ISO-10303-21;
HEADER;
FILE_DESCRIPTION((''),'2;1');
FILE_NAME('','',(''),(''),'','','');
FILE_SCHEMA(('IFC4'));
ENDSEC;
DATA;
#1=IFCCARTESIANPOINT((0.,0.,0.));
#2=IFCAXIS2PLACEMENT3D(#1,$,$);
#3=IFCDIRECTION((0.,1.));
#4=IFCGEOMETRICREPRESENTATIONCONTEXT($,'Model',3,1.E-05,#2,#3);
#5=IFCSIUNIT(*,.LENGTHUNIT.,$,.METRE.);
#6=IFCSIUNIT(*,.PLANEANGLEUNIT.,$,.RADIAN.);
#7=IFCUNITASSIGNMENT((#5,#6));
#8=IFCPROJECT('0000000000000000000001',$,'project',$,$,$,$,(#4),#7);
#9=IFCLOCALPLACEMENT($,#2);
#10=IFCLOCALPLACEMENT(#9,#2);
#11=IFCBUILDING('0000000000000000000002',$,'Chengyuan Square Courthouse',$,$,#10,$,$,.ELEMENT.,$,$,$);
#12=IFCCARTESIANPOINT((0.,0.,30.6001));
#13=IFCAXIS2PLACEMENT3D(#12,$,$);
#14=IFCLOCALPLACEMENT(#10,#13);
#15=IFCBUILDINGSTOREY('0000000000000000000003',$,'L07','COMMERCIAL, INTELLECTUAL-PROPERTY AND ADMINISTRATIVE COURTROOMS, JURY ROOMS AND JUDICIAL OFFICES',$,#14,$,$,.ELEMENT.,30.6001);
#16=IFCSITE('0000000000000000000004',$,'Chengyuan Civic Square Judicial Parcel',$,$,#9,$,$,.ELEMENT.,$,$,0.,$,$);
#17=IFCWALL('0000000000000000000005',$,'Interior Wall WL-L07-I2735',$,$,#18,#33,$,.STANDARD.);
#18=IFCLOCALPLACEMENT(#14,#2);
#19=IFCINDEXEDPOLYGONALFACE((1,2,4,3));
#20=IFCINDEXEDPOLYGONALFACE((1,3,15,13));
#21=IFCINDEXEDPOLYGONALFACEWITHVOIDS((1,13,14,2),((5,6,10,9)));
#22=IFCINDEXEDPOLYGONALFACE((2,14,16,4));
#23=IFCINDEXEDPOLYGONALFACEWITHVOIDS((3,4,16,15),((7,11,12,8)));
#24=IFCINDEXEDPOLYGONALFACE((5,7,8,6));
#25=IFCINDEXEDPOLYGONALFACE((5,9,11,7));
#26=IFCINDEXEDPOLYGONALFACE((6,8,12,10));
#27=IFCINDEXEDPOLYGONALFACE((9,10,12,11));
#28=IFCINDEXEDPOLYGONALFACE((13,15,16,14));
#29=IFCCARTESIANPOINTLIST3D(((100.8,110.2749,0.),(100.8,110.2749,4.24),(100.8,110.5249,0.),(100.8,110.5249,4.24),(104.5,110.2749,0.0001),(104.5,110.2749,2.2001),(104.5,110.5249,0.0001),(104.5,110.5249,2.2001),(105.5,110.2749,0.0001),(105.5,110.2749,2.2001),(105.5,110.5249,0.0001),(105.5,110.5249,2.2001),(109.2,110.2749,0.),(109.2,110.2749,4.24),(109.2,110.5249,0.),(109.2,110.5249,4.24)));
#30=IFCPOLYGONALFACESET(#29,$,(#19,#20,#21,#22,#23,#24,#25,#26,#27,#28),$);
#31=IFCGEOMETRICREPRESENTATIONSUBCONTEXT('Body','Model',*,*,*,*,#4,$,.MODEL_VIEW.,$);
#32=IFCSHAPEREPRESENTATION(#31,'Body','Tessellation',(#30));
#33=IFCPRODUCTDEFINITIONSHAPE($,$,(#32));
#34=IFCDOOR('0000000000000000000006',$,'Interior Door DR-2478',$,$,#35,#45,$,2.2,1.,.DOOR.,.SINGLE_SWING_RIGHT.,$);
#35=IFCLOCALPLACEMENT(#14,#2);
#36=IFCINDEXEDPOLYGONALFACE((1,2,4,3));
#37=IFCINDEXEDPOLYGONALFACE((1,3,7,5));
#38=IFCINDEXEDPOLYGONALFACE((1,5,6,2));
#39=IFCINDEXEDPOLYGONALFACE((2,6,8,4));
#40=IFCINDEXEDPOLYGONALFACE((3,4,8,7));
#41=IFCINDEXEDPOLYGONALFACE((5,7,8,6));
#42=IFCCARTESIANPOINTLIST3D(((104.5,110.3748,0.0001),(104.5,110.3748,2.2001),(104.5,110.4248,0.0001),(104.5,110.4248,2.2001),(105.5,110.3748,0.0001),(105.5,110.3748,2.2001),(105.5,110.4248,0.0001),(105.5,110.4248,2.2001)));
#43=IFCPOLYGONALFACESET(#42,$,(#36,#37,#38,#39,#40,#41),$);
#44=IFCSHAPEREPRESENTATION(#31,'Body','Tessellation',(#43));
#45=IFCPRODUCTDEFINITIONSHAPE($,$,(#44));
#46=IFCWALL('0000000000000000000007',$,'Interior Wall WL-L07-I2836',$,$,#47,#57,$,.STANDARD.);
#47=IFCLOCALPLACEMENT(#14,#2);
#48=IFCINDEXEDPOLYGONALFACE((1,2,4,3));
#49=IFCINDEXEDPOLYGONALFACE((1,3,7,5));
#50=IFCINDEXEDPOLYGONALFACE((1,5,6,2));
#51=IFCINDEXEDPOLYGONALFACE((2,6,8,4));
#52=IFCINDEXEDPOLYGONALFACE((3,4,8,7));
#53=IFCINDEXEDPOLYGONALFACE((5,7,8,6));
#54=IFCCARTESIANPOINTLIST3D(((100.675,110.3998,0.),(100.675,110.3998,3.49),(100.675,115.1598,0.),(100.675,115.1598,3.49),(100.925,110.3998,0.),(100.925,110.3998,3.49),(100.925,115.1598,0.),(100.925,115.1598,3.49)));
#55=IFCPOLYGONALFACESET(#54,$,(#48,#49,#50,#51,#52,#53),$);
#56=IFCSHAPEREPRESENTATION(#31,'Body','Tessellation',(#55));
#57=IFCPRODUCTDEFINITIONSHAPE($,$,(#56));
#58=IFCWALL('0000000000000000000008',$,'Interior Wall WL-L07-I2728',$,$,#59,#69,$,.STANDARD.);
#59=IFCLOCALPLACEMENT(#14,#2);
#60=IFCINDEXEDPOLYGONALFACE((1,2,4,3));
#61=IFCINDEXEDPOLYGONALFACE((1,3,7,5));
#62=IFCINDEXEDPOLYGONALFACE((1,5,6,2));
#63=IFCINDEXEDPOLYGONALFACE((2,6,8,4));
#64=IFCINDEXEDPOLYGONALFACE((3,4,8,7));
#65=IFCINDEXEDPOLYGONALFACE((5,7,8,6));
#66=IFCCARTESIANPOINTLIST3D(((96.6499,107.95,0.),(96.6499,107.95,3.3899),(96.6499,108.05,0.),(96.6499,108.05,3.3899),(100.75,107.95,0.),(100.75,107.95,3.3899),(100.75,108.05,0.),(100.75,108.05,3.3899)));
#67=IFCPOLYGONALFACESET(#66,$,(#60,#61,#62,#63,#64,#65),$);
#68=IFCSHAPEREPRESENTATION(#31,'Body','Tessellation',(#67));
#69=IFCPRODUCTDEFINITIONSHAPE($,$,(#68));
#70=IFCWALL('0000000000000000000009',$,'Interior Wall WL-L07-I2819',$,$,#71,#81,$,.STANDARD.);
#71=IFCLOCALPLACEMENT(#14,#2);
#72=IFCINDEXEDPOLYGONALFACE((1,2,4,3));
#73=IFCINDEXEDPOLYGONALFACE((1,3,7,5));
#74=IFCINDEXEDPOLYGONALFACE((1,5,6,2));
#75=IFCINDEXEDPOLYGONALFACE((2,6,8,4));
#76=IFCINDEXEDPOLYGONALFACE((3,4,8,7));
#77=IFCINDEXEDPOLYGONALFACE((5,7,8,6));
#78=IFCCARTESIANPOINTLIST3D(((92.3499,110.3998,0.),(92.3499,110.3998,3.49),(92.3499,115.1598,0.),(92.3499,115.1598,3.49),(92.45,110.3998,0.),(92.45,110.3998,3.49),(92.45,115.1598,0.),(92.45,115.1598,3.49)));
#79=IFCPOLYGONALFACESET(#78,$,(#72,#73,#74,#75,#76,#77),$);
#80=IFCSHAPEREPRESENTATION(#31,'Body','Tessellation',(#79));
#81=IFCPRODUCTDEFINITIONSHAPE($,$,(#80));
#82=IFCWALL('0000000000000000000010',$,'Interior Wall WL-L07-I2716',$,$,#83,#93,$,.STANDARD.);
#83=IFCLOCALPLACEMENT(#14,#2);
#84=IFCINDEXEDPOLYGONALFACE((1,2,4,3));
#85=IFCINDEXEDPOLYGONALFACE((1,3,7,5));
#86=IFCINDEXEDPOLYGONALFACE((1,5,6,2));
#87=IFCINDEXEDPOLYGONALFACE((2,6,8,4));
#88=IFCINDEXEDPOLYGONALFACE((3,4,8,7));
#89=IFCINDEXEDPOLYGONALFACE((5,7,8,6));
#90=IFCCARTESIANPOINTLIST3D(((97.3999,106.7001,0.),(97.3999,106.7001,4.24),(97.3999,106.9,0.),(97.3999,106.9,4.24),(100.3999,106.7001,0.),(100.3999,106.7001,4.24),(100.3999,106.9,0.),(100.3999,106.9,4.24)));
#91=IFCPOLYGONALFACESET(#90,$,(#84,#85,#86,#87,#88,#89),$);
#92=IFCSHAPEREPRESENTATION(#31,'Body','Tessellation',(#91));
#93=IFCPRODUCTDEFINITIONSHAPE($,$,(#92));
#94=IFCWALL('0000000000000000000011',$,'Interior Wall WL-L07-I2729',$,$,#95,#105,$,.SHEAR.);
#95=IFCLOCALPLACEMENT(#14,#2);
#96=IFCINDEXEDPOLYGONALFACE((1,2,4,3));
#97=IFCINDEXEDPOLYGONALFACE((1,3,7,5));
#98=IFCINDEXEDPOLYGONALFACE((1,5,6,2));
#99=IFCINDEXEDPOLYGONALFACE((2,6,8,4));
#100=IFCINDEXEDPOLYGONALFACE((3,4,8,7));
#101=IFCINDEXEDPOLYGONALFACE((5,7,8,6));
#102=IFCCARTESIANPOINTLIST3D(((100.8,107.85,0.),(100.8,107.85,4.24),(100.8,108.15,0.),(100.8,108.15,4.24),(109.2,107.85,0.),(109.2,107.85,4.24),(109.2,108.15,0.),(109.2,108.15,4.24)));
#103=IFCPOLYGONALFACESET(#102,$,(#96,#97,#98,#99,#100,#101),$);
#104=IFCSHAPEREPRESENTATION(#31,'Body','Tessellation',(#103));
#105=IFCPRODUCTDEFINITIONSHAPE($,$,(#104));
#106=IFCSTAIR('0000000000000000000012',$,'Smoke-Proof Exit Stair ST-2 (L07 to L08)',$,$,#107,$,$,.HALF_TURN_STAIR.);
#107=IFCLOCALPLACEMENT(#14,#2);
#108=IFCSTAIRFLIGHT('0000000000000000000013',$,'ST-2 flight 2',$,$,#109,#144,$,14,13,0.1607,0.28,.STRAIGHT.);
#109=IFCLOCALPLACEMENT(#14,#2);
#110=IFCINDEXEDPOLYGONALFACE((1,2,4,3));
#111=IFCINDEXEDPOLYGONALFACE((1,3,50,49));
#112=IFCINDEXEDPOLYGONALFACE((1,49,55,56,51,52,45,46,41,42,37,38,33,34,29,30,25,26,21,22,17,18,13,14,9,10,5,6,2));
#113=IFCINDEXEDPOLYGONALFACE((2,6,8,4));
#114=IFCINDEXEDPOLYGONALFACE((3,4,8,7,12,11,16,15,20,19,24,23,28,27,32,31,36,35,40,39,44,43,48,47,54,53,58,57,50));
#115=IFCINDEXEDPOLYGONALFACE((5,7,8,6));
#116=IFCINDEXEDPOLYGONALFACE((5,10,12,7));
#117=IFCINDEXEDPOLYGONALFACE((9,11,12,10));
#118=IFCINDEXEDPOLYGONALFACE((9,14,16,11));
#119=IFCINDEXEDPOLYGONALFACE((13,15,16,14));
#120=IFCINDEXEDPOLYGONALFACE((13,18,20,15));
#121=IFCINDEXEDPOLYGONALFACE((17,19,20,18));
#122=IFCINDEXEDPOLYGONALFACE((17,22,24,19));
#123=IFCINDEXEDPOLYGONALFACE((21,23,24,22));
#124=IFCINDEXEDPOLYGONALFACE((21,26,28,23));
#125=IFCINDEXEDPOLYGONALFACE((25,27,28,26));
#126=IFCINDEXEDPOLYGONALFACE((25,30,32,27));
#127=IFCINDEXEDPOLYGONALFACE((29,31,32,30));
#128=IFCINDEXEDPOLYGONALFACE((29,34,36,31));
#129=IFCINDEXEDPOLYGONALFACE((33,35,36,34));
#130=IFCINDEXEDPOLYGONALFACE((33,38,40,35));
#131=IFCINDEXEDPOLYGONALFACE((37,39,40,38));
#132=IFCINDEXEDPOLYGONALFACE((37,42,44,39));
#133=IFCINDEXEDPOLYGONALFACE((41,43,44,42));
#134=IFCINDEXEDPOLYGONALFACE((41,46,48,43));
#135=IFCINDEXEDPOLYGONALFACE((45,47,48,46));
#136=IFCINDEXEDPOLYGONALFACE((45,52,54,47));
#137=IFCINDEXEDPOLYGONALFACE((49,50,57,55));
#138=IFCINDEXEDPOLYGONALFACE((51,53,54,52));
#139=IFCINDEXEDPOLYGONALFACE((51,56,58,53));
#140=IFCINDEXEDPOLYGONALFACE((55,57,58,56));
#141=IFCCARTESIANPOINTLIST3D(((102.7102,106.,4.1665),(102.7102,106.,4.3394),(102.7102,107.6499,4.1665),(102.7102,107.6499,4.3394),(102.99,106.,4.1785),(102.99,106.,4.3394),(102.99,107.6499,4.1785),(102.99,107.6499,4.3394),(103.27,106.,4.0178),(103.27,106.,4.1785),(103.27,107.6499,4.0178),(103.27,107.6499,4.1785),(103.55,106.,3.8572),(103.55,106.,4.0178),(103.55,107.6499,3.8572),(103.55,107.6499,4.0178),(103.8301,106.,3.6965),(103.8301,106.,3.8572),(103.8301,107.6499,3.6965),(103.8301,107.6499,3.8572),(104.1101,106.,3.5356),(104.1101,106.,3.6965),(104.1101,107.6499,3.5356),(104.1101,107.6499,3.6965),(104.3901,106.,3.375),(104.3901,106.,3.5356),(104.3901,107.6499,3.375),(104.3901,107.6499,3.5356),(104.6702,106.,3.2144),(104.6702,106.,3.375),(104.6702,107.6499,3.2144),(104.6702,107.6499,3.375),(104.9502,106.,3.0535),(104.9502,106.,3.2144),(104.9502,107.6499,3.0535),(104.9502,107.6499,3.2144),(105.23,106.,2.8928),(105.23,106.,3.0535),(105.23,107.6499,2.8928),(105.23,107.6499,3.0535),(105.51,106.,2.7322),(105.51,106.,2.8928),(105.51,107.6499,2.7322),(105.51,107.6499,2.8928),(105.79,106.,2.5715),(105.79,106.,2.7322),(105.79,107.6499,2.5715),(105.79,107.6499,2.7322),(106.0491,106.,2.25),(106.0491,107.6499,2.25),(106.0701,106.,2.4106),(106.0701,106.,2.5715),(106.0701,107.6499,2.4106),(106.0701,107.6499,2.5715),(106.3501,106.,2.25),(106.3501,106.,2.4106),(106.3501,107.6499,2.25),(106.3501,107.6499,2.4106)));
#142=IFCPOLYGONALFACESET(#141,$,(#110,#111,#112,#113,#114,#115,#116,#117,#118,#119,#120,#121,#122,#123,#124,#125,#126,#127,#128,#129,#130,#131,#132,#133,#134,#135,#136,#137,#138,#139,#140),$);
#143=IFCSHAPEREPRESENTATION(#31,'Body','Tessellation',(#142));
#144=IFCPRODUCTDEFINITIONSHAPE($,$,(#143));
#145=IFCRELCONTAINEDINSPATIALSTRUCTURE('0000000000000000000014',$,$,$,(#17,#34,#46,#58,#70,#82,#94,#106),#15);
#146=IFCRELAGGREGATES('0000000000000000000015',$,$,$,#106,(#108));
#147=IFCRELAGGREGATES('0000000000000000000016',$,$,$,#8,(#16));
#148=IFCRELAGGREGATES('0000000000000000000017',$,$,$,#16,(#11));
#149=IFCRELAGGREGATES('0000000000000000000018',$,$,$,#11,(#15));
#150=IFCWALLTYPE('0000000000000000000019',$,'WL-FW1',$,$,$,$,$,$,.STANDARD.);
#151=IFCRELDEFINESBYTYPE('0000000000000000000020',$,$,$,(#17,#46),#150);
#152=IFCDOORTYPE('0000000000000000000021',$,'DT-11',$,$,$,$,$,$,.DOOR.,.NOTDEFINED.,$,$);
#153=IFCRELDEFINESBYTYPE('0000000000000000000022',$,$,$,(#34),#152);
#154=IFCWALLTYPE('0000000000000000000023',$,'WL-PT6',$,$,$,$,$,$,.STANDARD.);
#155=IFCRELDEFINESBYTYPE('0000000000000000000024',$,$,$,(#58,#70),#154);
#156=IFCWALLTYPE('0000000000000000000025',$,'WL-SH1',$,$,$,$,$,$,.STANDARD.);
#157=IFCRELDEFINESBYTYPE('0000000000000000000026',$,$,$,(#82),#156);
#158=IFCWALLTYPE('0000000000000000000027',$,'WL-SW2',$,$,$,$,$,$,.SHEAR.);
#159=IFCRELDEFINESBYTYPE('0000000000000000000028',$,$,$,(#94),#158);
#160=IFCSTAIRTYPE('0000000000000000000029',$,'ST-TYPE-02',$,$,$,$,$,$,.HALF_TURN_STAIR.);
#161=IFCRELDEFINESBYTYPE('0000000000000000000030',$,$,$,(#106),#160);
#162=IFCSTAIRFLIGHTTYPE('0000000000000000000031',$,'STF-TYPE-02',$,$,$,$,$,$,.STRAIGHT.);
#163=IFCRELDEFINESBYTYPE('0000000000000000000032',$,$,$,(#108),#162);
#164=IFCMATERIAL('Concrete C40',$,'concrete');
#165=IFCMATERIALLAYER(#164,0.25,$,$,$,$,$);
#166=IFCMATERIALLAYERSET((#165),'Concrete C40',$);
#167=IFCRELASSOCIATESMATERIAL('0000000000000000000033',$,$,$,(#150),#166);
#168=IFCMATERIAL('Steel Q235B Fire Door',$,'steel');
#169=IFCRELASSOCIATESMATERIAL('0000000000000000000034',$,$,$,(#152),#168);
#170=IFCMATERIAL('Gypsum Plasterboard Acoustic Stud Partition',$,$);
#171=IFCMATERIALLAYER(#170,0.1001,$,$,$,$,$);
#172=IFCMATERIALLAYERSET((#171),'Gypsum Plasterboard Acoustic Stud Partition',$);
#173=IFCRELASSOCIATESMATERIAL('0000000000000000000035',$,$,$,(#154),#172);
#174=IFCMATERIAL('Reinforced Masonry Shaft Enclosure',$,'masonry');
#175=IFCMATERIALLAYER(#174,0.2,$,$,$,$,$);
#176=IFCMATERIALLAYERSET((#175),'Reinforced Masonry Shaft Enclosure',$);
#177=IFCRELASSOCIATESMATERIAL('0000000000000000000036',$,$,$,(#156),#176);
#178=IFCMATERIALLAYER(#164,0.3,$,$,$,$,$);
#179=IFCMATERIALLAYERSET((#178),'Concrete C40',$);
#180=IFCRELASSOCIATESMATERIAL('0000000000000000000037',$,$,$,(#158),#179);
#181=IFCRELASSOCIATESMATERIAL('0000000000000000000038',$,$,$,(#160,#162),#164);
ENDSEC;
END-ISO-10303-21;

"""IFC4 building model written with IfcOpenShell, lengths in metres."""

from ifc_helpers import new_model, si_unit, direction, frame, frame_2d, origin, place, context, subcontext, project, spatial, polyline, rectangle, outline, extrude, material, layer, layer_set, type_object, element, fill, aggregate, save


model = new_model("IFC4")

# Units and contexts
model_context = context("Model", 3, precision=1e-05, world=origin(), true_north=direction((0.0, 1.0)))
body_context = subcontext(model_context, "Body", "Model", "MODEL_VIEW")
ifc_project = project(units=[si_unit("LENGTHUNIT", "METRE"), si_unit("PLANEANGLEUNIT", "RADIAN")], contexts=[model_context])

# Site, building, storey
site_placement = place(None, origin())
site = spatial("IfcSite", under=ifc_project, at=site_placement, Name="Chengyuan Civic Square Judicial Parcel", CompositionType="ELEMENT", RefElevation=0.0)
building_placement = place(site_placement, origin())
building = spatial("IfcBuilding", under=site, at=building_placement, Name="Chengyuan Square Courthouse", CompositionType="ELEMENT")
storey_placement = place(building_placement, frame((0.0, 0.0, 30.6001)))
storey = spatial("IfcBuildingStorey", under=building, at=storey_placement, Name="L07", Description="COMMERCIAL, INTELLECTUAL-PROPERTY AND ADMINISTRATIVE COURTROOMS, JURY ROOMS AND JUDICIAL OFFICES", CompositionType="ELEMENT", Elevation=30.6001)

# Shared definitions
ifc_material_1 = material(Name="Concrete C40", Category="concrete")

# Wall, opening, door
ifc_layer_1 = layer(ifc_material_1, 0.25)
ifc_layer_set_1 = layer_set([ifc_layer_1], Name="Concrete C40")
wall_type_1 = type_object("IfcWallType", Name="WL-FW1", PredefinedType="STANDARD", material=ifc_layer_set_1)
ifc_material_2 = material(Name="Steel Q235B Fire Door", Category="steel")
wall_1_placement = place(storey_placement, frame((100.8, 110.3999, 0.0), z_axis=(0.0, 0.0, 1.0), x_axis=(1.0, 0.0, 0.0)))
wall_1 = element("IfcWall", 1, at=wall_1_placement, inside=storey, type_object=wall_type_1, Name="Interior Wall WL-L07-I2735", PredefinedType="STANDARD", context=body_context, shape_type="SweptSolid", body=[
    extrude(rectangle(XDim=8.3999, YDim=0.25, at=frame_2d((4.2, 0.0))), origin(), (0.0, 0.0, 1.0), 4.24),
])
opening_1_placement = place(wall_1_placement, frame((3.7, 0.0, 0.0)))
opening_1 = element("IfcOpeningElement", 2, at=opening_1_placement, cuts=wall_1, PredefinedType="OPENING", context=body_context, shape_type="SweptSolid", body=[
    extrude(rectangle(XDim=1.0, YDim=2.2, at=frame_2d((0.5, 1.1001))), frame((0.0, 0.137, 0.0), z_axis=(0.0, -1.0, 0.0), x_axis=(1.0, 0.0, 0.0)), (0.0, 0.0, 1.0), 0.2739),
])
door_type_1 = type_object("IfcDoorType", Name="DT-11", OperationType="NOTDEFINED", PredefinedType="DOOR", material=ifc_material_2)
door_1_placement = place(opening_1_placement, origin())
door_1 = element("IfcDoor", 3, at=door_1_placement, inside=storey, type_object=door_type_1, Name="Interior Door DR-2478", OperationType="SINGLE_SWING_RIGHT", OverallHeight=2.2, OverallWidth=1.0, PredefinedType="DOOR", context=body_context, shape_type="SweptSolid", body=[
    extrude(rectangle(XDim=1.0, YDim=2.2, at=frame_2d((0.5, 1.1001))), frame((0.0, 0.0249, 0.0), z_axis=(0.0, -1.0, 0.0), x_axis=(1.0, 0.0, 0.0)), (0.0, 0.0, 1.0), 0.05),
])
fill(opening_1, door_1)

# Walls
wall_2_placement = place(storey_placement, frame((100.8, 110.3999, 0.0), z_axis=(0.0, 0.0, 1.0), x_axis=(0.0, 1.0, 0.0)))
element("IfcWall", 4, at=wall_2_placement, inside=storey, type_object=wall_type_1, Name="Interior Wall WL-L07-I2836", PredefinedType="STANDARD", context=body_context, shape_type="SweptSolid", body=[
    extrude(rectangle(XDim=4.76, YDim=0.25, at=frame_2d((2.3799, 0.0))), origin(), (0.0, 0.0, 1.0), 3.49),
])
ifc_material_3 = material(Name="Gypsum Plasterboard Acoustic Stud Partition")
ifc_layer_2 = layer(ifc_material_3, 0.1001)
ifc_layer_set_2 = layer_set([ifc_layer_2], Name="Gypsum Plasterboard Acoustic Stud Partition")
wall_type_2 = type_object("IfcWallType", Name="WL-PT6", PredefinedType="STANDARD", material=ifc_layer_set_2)
wall_3_placement = place(storey_placement, frame((96.6499, 108.0, 0.0), z_axis=(0.0, 0.0, 1.0), x_axis=(1.0, 0.0, 0.0)))
element("IfcWall", 5, at=wall_3_placement, inside=storey, type_object=wall_type_2, Name="Interior Wall WL-L07-I2728", PredefinedType="STANDARD", context=body_context, shape_type="SweptSolid", body=[
    extrude(rectangle(XDim=4.1001, YDim=0.1001, at=frame_2d((2.05, 0.0))), origin(), (0.0, 0.0, 1.0), 3.3899),
])
wall_4_placement = place(storey_placement, frame((92.3999, 110.3999, 0.0), z_axis=(0.0, 0.0, 1.0), x_axis=(0.0, 1.0, 0.0)))
element("IfcWall", 6, at=wall_4_placement, inside=storey, type_object=wall_type_2, Name="Interior Wall WL-L07-I2819", PredefinedType="STANDARD", context=body_context, shape_type="SweptSolid", body=[
    extrude(rectangle(XDim=4.76, YDim=0.1001, at=frame_2d((2.3799, 0.0))), origin(), (0.0, 0.0, 1.0), 3.49),
])
ifc_material_4 = material(Name="Reinforced Masonry Shaft Enclosure", Category="masonry")
ifc_layer_3 = layer(ifc_material_4, 0.2)
ifc_layer_set_3 = layer_set([ifc_layer_3], Name="Reinforced Masonry Shaft Enclosure")
wall_type_3 = type_object("IfcWallType", Name="WL-SH1", PredefinedType="STANDARD", material=ifc_layer_set_3)
wall_5_placement = place(storey_placement, frame((97.3999, 106.8, 0.0), z_axis=(0.0, 0.0, 1.0), x_axis=(1.0, 0.0, 0.0)))
element("IfcWall", 7, at=wall_5_placement, inside=storey, type_object=wall_type_3, Name="Interior Wall WL-L07-I2716", PredefinedType="STANDARD", context=body_context, shape_type="SweptSolid", body=[
    extrude(rectangle(XDim=3.0, YDim=0.2, at=frame_2d((1.5, 0.0))), origin(), (0.0, 0.0, 1.0), 4.24),
])
ifc_layer_4 = layer(ifc_material_1, 0.3)
ifc_layer_set_4 = layer_set([ifc_layer_4], Name="Concrete C40")
wall_type_4 = type_object("IfcWallType", Name="WL-SW2", PredefinedType="SHEAR", material=ifc_layer_set_4)
wall_6_placement = place(storey_placement, frame((100.8, 108.0, 0.0), z_axis=(0.0, 0.0, 1.0), x_axis=(1.0, 0.0, 0.0)))
element("IfcWall", 8, at=wall_6_placement, inside=storey, type_object=wall_type_4, Name="Interior Wall WL-L07-I2729", PredefinedType="SHEAR", context=body_context, shape_type="SweptSolid", body=[
    extrude(rectangle(XDim=8.3999, YDim=0.3, at=frame_2d((4.2, 0.0))), origin(), (0.0, 0.0, 1.0), 4.24),
])

# Stair, stair flight
stair_type = type_object("IfcStairType", Name="ST-TYPE-02", PredefinedType="HALF_TURN_STAIR", material=ifc_material_1)
stair_placement = place(storey_placement, origin())
stair = element("IfcStair", 9, at=stair_placement, inside=storey, type_object=stair_type, Name="Smoke-Proof Exit Stair ST-2 (L07 to L08)", PredefinedType="HALF_TURN_STAIR")
stair_flight_type = type_object("IfcStairFlightType", Name="STF-TYPE-02", PredefinedType="STRAIGHT", material=ifc_material_1)
stair_flight_placement = place(storey_placement, frame((106.3501, 106.825, 2.25), z_axis=(0.0, 0.0, 1.0), x_axis=(-1.0, 0.0, 0.0)))
stair_flight = element("IfcStairFlight", 10, at=stair_flight_placement, type_object=stair_flight_type, Name="ST-2 flight 2", NumberOfRisers=14, NumberOfTreads=13, PredefinedType="STRAIGHT", RiserHeight=0.1607, TreadLength=0.28, context=body_context, shape_type="SweptSolid", body=[
    extrude(outline(polyline([(0.0, 0.0), (0.0, 0.1606), (0.28, 0.1606), (0.28, 0.3215), (0.5601, 0.3215), (0.5601, 0.4822), (0.8401, 0.4822), (0.8401, 0.6428), (1.1201, 0.6428), (1.1201, 0.8035), (1.3999, 0.8035), (1.3999, 0.9644), (1.6799, 0.9644), (1.6799, 1.125), (1.96, 1.125), (1.96, 1.2856), (2.24, 1.2856), (2.24, 1.4465), (2.52, 1.4465), (2.52, 1.6072), (2.8, 1.6072), (2.8, 1.7678), (3.0801, 1.7678), (3.0801, 1.9285), (3.3601, 1.9285), (3.3601, 2.0894), (3.6399, 2.0894), (3.6399, 2.25), (3.6399, 1.9165), (0.301, 0.0), (0.0, 0.0)])), frame((0.0, 0.825, 0.0), z_axis=(0.0, -1.0, 0.0), x_axis=(1.0, 0.0, 0.0)), (0.0, 0.0, 1.0), 1.6499),
])
aggregate(stair, [stair_flight])

save(model, "model.ifc")
